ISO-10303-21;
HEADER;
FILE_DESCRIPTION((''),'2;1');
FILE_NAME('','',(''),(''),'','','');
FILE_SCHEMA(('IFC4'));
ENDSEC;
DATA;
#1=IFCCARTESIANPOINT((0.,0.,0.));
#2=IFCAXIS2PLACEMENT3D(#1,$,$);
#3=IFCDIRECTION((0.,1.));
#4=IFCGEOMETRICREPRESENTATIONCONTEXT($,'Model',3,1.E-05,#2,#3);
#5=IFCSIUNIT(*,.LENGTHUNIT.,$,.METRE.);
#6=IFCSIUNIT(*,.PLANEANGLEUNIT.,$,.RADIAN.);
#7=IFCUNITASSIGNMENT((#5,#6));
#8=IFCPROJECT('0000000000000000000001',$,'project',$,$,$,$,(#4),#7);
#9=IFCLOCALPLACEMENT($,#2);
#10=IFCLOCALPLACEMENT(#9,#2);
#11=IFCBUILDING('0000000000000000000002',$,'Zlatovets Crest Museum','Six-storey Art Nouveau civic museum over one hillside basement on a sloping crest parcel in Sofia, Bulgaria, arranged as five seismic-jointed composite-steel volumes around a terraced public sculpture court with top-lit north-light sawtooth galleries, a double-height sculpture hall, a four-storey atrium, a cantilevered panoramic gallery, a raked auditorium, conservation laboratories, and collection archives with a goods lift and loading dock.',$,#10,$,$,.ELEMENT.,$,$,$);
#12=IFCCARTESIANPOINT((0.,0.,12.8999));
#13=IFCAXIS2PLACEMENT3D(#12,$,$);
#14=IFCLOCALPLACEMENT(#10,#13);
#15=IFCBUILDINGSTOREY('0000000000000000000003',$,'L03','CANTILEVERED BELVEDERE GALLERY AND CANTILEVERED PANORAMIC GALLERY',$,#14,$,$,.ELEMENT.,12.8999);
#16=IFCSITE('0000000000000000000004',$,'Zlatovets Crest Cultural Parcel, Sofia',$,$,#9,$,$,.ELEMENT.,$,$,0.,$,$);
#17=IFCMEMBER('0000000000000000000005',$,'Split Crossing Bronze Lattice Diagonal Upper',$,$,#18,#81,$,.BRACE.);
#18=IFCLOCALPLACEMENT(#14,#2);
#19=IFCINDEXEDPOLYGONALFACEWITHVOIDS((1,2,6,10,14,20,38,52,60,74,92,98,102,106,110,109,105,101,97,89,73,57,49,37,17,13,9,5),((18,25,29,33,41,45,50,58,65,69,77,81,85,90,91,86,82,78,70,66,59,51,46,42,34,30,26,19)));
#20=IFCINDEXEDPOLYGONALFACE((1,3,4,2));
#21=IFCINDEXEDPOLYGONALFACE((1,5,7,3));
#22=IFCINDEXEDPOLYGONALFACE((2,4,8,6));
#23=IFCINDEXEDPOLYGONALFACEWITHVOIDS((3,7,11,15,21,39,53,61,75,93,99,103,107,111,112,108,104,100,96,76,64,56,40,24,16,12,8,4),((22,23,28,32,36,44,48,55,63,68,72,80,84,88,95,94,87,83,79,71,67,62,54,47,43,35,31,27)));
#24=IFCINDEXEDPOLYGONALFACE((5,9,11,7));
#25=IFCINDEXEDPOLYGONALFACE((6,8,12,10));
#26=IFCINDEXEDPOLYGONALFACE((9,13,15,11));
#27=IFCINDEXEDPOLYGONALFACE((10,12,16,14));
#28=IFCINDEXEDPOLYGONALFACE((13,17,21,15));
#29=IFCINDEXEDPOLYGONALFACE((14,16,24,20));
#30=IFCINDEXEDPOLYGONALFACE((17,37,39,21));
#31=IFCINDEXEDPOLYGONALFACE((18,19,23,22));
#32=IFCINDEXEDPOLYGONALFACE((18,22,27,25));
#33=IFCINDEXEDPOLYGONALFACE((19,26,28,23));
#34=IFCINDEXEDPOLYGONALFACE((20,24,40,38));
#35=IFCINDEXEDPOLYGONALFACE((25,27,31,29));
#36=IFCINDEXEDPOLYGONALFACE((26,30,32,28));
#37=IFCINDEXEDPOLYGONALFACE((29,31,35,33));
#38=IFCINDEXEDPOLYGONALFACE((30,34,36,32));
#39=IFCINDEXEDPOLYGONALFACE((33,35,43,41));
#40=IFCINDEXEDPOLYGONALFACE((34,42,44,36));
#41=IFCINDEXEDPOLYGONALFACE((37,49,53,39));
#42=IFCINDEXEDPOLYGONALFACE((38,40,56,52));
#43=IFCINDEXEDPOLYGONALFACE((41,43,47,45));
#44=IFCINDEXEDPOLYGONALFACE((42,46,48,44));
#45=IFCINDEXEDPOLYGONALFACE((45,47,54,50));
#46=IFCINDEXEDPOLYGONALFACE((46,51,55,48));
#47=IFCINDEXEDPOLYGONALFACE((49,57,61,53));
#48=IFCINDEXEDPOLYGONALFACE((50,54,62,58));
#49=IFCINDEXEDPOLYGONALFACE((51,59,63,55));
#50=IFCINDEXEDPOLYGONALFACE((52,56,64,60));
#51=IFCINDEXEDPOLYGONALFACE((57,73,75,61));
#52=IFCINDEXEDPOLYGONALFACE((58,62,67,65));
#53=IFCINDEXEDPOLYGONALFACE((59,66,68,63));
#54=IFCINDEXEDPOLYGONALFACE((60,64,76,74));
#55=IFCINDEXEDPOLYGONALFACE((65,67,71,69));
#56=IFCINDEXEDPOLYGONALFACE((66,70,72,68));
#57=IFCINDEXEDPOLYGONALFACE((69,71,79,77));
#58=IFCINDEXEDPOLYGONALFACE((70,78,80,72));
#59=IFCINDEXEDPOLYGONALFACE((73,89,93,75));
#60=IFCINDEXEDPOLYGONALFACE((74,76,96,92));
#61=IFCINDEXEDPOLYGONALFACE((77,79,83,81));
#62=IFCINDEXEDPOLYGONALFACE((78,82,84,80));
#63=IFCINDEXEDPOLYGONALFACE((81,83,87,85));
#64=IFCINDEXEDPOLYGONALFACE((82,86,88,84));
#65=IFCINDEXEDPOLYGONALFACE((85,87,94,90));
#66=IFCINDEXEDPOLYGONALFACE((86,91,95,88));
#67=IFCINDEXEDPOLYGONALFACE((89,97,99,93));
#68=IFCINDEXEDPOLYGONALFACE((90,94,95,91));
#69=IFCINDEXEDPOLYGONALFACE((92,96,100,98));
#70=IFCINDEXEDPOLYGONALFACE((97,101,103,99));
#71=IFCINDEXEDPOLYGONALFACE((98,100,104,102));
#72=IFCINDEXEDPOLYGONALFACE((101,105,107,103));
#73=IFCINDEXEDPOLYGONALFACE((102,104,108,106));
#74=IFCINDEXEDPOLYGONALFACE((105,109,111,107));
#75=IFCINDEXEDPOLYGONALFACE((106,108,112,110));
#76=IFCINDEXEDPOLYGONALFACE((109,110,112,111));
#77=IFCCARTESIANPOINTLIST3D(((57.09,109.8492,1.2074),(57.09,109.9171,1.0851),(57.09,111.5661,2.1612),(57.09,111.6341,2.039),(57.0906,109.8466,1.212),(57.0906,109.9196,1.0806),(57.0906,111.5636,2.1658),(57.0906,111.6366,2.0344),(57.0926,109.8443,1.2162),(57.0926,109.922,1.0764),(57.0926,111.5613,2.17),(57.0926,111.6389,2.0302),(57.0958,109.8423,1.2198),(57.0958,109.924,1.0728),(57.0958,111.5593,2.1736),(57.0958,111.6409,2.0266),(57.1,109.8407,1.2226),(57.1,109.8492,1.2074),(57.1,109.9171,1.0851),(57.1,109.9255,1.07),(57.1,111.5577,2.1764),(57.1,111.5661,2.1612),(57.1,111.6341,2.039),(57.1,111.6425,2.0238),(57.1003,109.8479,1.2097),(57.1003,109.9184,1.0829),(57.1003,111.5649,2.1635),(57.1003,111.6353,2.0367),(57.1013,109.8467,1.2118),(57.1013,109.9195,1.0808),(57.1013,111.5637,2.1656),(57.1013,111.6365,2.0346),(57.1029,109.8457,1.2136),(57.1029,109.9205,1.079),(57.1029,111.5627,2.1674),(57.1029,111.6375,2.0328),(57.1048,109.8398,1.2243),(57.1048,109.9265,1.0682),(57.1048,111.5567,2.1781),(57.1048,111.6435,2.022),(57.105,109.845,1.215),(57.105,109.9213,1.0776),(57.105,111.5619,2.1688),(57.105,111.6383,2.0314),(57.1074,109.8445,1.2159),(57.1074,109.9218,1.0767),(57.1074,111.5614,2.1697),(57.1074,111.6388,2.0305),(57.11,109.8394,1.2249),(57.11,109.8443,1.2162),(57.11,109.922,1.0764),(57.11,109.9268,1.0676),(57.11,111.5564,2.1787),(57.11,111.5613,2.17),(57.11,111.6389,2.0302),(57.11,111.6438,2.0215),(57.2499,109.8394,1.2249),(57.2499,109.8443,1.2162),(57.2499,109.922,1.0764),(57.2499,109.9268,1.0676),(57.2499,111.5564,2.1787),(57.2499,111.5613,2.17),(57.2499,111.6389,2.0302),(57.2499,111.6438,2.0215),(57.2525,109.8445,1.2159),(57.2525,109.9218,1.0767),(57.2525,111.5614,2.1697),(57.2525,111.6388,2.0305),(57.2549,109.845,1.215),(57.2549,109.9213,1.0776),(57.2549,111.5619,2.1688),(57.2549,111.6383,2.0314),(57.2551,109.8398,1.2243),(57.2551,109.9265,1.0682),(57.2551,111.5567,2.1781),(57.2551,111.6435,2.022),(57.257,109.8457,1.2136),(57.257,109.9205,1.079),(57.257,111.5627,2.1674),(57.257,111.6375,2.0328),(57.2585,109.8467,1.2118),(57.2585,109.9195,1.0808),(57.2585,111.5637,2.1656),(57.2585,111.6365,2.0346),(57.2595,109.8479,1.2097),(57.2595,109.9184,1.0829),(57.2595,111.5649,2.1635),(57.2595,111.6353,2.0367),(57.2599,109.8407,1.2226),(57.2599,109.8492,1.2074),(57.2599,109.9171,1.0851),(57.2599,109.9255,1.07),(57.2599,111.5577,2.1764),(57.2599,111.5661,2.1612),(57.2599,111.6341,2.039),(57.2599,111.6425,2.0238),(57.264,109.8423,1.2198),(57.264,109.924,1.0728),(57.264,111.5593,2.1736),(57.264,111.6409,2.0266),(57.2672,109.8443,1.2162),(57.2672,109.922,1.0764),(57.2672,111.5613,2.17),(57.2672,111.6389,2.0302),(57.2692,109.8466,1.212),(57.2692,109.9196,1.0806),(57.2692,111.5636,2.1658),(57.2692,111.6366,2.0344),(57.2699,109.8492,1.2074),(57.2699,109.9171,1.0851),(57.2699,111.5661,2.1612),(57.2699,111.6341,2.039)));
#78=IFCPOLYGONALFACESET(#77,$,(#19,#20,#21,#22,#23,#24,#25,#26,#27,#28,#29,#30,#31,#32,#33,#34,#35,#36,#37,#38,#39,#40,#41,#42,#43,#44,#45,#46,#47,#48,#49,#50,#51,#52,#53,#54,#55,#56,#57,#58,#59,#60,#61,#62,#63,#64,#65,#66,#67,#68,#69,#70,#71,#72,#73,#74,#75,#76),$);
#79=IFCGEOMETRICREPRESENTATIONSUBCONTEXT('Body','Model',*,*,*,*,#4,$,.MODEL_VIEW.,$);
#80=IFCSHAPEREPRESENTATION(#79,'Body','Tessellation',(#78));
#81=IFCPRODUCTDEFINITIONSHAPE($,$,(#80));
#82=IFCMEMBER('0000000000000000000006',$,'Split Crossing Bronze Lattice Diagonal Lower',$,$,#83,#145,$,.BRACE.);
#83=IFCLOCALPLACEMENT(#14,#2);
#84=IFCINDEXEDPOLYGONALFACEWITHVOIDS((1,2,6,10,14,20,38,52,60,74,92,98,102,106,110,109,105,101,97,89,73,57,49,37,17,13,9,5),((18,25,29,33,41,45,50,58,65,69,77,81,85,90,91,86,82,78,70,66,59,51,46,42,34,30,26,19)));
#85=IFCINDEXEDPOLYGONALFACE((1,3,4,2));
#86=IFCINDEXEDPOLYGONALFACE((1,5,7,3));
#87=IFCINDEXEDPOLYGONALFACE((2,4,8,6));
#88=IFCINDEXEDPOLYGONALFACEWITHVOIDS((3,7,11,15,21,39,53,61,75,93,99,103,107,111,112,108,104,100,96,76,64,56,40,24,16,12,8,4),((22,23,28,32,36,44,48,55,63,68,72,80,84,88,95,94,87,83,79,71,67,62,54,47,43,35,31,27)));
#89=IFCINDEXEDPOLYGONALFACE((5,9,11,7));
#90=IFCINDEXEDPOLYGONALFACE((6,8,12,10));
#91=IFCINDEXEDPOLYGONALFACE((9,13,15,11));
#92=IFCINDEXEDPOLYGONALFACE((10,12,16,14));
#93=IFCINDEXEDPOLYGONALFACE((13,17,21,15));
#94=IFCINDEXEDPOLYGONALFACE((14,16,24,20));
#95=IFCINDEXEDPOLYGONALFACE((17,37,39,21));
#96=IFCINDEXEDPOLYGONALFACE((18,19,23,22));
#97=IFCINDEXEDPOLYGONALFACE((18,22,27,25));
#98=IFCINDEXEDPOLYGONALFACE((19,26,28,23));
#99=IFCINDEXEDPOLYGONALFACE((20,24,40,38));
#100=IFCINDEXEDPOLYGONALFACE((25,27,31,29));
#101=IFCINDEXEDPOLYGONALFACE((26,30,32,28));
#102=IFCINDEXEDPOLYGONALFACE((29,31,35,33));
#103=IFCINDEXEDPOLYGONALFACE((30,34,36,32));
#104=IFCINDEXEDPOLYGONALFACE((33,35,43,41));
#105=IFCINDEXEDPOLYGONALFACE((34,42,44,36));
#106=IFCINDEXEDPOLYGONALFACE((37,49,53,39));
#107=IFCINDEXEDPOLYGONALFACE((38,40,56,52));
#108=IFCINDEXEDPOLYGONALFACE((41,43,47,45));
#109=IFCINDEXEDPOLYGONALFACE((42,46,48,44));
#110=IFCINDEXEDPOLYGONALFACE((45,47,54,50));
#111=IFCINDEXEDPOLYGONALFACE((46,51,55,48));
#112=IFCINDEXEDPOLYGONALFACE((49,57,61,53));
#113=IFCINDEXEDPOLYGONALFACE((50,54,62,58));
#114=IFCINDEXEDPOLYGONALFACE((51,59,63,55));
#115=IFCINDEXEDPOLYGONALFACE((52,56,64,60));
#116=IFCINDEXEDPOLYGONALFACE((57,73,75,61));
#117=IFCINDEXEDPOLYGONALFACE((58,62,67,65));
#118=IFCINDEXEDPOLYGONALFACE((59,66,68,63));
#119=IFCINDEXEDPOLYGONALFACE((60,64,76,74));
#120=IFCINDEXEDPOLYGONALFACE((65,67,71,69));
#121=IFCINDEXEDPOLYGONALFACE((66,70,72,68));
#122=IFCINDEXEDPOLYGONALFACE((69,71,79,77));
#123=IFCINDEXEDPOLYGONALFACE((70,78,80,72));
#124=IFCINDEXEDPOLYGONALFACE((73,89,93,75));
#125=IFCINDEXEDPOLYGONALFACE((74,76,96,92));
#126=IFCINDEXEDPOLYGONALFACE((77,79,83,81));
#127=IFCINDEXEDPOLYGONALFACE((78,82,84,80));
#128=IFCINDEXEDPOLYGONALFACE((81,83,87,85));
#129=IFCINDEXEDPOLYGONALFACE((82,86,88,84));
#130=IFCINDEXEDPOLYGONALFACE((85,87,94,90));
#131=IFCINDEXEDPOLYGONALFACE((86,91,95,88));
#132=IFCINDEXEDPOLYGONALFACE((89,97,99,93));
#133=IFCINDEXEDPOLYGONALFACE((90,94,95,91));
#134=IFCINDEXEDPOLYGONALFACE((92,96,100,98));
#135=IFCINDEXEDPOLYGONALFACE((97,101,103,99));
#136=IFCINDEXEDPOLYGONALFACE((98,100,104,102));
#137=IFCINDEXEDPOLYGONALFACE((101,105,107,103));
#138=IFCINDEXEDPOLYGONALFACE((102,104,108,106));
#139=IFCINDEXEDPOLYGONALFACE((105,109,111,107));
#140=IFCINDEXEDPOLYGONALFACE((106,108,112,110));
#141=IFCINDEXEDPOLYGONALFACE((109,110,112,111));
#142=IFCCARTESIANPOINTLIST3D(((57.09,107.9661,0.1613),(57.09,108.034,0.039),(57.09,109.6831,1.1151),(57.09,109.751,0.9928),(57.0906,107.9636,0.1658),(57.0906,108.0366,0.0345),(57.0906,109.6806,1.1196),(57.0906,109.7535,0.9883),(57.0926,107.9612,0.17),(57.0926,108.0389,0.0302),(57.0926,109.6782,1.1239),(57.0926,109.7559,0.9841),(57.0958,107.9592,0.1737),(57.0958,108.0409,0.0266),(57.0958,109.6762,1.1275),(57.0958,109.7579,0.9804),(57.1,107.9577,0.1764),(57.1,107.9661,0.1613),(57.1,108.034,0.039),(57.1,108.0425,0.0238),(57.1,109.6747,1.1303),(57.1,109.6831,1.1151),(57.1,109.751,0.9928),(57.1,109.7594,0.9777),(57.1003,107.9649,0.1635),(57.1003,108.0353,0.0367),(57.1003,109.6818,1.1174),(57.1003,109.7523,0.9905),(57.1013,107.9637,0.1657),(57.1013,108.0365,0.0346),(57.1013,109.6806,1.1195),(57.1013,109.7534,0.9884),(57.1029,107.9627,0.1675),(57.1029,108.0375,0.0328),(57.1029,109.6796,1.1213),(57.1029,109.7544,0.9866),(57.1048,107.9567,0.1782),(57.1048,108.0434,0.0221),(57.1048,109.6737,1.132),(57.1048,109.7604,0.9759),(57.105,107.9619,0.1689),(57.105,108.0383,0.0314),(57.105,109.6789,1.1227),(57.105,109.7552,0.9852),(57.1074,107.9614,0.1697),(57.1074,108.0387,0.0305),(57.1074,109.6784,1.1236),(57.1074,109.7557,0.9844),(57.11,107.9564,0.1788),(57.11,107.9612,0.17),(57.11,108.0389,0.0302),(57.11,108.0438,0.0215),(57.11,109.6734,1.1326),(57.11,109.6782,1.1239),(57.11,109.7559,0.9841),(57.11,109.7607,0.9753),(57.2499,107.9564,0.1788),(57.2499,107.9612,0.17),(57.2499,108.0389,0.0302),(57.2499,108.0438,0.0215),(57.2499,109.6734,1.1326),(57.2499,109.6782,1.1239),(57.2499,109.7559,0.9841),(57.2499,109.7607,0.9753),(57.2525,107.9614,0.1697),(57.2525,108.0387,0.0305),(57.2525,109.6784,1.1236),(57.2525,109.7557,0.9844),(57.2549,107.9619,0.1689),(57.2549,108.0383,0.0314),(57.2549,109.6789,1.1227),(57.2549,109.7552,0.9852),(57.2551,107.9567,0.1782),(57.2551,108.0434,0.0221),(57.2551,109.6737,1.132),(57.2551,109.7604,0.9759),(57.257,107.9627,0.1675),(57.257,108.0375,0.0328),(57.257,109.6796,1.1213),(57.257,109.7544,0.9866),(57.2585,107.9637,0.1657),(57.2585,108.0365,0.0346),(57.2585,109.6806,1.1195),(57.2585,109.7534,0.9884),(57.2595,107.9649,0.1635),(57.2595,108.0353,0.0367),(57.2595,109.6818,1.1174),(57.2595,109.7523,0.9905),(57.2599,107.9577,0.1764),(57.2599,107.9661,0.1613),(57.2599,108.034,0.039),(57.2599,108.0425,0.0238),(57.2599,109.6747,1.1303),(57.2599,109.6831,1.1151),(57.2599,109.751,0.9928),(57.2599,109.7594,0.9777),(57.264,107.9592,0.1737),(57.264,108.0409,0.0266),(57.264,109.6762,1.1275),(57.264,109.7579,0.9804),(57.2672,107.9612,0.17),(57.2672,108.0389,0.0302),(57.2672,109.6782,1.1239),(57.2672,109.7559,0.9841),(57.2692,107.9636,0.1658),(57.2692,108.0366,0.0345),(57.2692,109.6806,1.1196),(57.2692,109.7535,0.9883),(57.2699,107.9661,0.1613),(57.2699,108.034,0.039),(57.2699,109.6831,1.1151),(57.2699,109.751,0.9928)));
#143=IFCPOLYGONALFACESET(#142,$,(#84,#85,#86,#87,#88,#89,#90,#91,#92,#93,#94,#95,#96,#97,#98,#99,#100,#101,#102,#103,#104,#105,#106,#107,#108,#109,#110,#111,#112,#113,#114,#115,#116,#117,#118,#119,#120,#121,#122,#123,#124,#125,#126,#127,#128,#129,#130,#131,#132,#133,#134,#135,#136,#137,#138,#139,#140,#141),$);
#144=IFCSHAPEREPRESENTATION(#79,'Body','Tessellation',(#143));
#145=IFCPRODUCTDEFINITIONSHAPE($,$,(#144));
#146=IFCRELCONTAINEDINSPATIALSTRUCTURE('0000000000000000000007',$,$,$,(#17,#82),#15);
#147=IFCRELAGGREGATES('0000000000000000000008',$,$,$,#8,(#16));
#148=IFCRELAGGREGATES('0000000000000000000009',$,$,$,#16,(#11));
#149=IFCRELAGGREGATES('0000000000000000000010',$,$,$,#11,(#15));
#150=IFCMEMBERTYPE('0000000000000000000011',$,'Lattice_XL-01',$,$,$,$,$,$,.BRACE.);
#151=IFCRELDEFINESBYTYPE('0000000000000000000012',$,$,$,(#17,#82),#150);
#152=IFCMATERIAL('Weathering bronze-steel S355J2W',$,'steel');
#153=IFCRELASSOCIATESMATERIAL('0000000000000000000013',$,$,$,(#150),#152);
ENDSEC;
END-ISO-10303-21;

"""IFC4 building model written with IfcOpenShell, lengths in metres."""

from ifc_helpers import new_model, si_unit, direction, frame, origin, origin_2d, place, context, subcontext, project, spatial, hollow_rectangle, extrude, material, material_profile, profile_set, type_object, element, save


model = new_model("IFC4")

# Units and contexts
model_context = context("Model", 3, precision=1e-05, world=origin(), true_north=direction((0.0, 1.0)))
body_context = subcontext(model_context, "Body", "Model", "MODEL_VIEW")
ifc_project = project(units=[si_unit("LENGTHUNIT", "METRE"), si_unit("PLANEANGLEUNIT", "RADIAN")], contexts=[model_context])

# Site, building, storey
site_placement = place(None, origin())
site = spatial("IfcSite", under=ifc_project, at=site_placement, Name="Zlatovets Crest Cultural Parcel, Sofia", CompositionType="ELEMENT", RefElevation=0.0)
building_placement = place(site_placement, origin())
building = spatial("IfcBuilding", under=site, at=building_placement, Name="Zlatovets Crest Museum", Description="Six-storey Art Nouveau civic museum over one hillside basement on a sloping crest parcel in Sofia, Bulgaria, arranged as five seismic-jointed composite-steel volumes around a terraced public sculpture court with top-lit north-light sawtooth galleries, a double-height sculpture hall, a four-storey atrium, a cantilevered panoramic gallery, a raked auditorium, conservation laboratories, and collection archives with a goods lift and loading dock.", CompositionType="ELEMENT")
storey_placement = place(building_placement, frame((0.0, 0.0, 12.8999)))
storey = spatial("IfcBuildingStorey", under=building, at=storey_placement, Name="L03", Description="CANTILEVERED BELVEDERE GALLERY AND CANTILEVERED PANORAMIC GALLERY", CompositionType="ELEMENT", Elevation=12.8999)

# Members
ifc_material_1 = material(Name="Weathering bronze-steel S355J2W", Category="steel")
ifc_material_profile_1 = material_profile(ifc_material_1, hollow_rectangle(XDim=0.1799, YDim=0.1799, WallThickness=0.01, InnerFilletRadius=0.01, OuterFilletRadius=0.02, at=origin_2d()), Name="SHS 180x180x10.0")
ifc_profile_set_1 = profile_set([ifc_material_profile_1], Name="Weathering bronze-steel S355J2W")
member_type_1 = type_object("IfcMemberType", Name="Lattice_XL-01", PredefinedType="BRACE", material=ifc_profile_set_1)
for number, where, z_axis, x_axis, name in (
    (1, (57.1799, 111.6001, 2.1001), (0.0, -0.874169, -0.485622), (1.0, 0.0, 0.0), "Split Crossing Bronze Lattice Diagonal Upper"),
    (2, (57.1799, 109.717, 1.054), (0.0, -0.874169, -0.485622), (1.0, 0.0, 0.0), "Split Crossing Bronze Lattice Diagonal Lower"),
):
    element("IfcMember", number, at=place(storey_placement, frame(where, z_axis=z_axis, x_axis=x_axis)), inside=storey, type_object=member_type_1, Name=name, PredefinedType="BRACE", context=body_context, shape_type="SweptSolid", body=[
        extrude(hollow_rectangle(XDim=0.1799, YDim=0.1799, WallThickness=0.01, InnerFilletRadius=0.01, OuterFilletRadius=0.02, at=origin_2d()), origin(), (0.0, 0.0, 1.0), 1.9641),
    ])

save(model, "model.ifc")
